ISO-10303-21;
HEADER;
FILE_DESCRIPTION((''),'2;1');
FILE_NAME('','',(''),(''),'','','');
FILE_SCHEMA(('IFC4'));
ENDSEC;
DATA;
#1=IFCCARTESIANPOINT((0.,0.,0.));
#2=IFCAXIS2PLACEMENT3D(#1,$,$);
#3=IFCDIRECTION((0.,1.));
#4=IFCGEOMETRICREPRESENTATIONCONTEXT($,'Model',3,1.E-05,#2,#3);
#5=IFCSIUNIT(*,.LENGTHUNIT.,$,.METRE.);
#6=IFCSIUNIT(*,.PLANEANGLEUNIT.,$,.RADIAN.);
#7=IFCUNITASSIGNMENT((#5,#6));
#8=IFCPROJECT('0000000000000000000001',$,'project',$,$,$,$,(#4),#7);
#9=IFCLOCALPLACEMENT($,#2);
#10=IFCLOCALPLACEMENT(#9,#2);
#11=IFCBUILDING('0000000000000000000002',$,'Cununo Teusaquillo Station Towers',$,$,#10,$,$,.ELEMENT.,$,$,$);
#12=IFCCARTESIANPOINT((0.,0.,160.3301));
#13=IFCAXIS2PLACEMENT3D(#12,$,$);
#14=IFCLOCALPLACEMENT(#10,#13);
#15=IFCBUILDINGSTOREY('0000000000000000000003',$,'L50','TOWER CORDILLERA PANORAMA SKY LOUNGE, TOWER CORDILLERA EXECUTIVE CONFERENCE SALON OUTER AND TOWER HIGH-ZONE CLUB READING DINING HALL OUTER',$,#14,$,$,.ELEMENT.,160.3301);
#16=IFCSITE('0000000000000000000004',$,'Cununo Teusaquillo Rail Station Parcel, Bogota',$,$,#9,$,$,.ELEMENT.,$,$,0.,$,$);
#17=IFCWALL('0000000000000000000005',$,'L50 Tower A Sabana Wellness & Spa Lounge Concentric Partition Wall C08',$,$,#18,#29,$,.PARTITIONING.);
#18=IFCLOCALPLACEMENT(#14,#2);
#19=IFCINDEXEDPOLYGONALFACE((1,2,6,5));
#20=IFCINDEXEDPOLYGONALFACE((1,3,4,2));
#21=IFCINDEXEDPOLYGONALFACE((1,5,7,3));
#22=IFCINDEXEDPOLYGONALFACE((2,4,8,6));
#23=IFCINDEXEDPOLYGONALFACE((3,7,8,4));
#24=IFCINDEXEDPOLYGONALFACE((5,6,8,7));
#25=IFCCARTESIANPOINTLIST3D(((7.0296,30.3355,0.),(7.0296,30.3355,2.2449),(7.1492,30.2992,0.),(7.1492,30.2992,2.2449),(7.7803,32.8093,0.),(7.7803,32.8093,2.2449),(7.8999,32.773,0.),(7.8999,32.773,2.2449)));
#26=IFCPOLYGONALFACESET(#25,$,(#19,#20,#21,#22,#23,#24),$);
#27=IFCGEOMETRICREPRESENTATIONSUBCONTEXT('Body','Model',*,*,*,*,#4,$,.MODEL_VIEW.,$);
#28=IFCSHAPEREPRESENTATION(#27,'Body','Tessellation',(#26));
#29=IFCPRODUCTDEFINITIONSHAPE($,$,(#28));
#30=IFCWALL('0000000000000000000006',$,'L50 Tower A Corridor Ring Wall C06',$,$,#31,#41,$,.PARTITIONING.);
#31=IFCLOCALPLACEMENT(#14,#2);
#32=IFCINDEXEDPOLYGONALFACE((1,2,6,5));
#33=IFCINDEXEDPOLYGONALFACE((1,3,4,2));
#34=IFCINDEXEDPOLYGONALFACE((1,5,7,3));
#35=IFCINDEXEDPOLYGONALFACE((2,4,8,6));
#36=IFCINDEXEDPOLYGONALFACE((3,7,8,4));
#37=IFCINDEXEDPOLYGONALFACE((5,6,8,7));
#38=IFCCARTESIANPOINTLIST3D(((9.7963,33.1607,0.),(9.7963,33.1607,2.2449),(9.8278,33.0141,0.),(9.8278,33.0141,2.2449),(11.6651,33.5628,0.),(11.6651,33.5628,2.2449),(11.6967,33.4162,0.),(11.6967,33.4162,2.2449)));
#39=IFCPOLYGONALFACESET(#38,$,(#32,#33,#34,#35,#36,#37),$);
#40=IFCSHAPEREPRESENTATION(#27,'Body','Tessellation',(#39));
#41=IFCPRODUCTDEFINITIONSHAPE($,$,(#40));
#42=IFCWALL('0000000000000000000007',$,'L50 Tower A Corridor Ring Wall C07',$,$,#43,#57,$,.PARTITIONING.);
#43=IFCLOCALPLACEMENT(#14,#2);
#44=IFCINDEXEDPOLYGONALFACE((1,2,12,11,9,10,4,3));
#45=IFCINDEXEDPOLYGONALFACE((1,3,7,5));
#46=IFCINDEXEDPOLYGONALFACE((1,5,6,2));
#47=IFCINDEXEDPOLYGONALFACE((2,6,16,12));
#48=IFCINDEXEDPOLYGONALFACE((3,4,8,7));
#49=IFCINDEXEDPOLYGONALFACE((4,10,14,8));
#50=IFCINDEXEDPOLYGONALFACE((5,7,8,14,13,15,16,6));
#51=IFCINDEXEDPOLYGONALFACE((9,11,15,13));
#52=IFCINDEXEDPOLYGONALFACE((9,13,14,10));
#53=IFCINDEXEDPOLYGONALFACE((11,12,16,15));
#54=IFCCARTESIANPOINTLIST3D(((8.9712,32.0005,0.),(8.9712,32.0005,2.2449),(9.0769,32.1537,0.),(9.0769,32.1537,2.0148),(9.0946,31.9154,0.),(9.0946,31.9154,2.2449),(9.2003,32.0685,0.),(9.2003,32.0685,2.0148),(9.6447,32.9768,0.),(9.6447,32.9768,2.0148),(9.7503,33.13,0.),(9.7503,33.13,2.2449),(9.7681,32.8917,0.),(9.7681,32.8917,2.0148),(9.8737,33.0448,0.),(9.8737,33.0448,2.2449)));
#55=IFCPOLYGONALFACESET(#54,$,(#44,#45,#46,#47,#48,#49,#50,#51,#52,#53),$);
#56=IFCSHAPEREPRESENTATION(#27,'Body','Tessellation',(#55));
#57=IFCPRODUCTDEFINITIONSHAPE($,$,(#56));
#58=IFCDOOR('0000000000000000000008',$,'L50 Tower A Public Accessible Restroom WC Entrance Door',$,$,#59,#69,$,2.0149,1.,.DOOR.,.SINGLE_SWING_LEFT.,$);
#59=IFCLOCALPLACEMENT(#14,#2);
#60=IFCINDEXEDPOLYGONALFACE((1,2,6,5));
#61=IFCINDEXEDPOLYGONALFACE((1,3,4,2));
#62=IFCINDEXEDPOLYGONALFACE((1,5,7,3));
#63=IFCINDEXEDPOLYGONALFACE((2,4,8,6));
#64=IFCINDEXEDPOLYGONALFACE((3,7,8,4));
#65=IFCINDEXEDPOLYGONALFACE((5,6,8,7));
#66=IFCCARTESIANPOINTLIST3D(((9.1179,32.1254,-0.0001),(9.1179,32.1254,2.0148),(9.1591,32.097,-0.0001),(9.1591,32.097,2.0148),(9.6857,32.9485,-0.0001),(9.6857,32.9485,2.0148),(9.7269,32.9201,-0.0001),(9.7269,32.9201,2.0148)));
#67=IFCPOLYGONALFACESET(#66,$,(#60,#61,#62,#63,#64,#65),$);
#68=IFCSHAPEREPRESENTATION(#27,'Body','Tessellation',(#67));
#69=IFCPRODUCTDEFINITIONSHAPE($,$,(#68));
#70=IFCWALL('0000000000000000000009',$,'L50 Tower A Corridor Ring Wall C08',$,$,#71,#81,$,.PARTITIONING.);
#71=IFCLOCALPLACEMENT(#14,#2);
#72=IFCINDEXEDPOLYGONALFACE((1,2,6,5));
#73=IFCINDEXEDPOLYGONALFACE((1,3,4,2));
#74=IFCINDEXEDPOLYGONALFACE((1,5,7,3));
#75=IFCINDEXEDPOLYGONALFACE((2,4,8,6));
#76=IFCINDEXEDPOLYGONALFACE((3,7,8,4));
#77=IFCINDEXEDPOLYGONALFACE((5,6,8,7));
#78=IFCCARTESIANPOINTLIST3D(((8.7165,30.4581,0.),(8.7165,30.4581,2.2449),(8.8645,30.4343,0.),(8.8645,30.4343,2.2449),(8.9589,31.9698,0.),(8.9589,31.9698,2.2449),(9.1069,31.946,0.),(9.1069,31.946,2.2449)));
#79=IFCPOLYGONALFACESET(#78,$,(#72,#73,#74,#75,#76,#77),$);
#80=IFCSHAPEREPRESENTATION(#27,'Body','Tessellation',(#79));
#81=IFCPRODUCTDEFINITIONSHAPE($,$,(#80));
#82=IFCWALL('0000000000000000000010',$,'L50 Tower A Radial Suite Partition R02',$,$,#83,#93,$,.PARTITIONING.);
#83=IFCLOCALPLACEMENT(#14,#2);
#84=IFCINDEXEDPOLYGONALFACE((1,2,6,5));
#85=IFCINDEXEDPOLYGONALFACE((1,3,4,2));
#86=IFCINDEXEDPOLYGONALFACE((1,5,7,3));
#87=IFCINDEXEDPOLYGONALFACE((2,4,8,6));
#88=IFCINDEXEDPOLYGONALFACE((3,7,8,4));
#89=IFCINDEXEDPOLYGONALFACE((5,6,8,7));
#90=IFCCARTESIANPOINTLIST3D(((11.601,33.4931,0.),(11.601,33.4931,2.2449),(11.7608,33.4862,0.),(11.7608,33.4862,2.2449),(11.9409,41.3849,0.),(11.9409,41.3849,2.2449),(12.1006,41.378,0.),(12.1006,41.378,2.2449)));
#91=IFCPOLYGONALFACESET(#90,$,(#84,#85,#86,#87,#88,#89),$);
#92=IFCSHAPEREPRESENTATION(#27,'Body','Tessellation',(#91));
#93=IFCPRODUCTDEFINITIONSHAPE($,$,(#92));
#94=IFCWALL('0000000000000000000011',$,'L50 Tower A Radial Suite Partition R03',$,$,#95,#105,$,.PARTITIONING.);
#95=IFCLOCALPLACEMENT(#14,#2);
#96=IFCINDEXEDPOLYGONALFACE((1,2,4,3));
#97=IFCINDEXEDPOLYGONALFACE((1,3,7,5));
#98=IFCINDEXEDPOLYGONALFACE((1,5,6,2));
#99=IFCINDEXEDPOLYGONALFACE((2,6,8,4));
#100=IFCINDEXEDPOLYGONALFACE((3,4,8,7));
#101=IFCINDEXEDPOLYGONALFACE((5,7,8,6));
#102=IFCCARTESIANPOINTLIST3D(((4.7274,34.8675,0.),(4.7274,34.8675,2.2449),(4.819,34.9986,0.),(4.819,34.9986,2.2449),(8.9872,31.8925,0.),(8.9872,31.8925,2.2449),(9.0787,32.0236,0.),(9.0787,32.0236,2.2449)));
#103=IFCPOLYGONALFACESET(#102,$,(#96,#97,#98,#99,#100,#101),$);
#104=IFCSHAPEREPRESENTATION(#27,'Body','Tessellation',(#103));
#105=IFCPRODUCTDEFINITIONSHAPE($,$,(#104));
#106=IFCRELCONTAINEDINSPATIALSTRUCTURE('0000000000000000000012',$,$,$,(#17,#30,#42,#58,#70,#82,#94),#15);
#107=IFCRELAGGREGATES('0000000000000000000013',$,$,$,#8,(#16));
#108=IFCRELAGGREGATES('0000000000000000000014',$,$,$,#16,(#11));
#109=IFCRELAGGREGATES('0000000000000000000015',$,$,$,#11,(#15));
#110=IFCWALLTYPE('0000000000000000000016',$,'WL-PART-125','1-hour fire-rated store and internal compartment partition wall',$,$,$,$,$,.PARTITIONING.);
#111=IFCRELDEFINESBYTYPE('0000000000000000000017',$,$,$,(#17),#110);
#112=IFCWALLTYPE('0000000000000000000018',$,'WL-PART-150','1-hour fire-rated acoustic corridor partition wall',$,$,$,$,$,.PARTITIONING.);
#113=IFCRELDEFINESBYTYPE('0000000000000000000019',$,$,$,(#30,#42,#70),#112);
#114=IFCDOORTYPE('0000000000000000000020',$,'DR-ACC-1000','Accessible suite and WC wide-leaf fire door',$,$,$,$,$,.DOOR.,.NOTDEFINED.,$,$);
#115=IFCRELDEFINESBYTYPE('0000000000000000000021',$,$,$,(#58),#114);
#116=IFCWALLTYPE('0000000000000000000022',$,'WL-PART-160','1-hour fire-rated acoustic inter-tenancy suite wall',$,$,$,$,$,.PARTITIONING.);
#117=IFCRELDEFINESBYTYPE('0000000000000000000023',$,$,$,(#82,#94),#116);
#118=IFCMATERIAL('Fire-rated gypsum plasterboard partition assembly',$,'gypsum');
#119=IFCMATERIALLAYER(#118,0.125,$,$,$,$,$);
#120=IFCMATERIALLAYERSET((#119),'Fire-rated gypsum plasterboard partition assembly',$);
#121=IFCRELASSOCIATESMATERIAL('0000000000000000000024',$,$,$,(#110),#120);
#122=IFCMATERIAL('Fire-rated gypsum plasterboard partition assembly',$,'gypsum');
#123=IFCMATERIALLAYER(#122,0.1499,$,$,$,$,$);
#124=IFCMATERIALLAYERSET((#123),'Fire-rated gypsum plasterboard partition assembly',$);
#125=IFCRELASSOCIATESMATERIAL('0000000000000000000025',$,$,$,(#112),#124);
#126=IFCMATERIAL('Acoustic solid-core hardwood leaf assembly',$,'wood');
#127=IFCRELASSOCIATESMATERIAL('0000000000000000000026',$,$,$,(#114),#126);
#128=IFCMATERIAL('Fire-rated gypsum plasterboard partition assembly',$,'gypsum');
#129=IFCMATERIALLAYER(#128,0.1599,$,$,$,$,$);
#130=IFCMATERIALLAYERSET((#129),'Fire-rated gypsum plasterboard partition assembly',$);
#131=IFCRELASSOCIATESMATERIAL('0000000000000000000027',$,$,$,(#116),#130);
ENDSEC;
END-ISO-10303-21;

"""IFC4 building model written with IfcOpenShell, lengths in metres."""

from ifc_helpers import new_model, si_unit, direction, frame, frame_2d, origin, place, context, subcontext, project, spatial, rectangle, extrude, source, transform, mapped, material, layer, layer_set, type_object, element, fill, save


model = new_model("IFC4")

# Units and contexts
model_context = context("Model", 3, precision=1e-05, world=origin(), true_north=direction((0.0, 1.0)))
body_context = subcontext(model_context, "Body", "Model", "MODEL_VIEW")
ifc_project = project(units=[si_unit("LENGTHUNIT", "METRE"), si_unit("PLANEANGLEUNIT", "RADIAN")], contexts=[model_context])

# Site, building, storey
site_placement = place(None, origin())
site = spatial("IfcSite", under=ifc_project, at=site_placement, Name="Cununo Teusaquillo Rail Station Parcel, Bogota", CompositionType="ELEMENT", RefElevation=0.0)
building_placement = place(site_placement, origin())
building = spatial("IfcBuilding", under=site, at=building_placement, Name="Cununo Teusaquillo Station Towers", CompositionType="ELEMENT")
storey_placement = place(building_placement, frame((0.0, 0.0, 160.3301)))
storey = spatial("IfcBuildingStorey", under=building, at=storey_placement, Name="L50", Description="TOWER CORDILLERA PANORAMA SKY LOUNGE, TOWER CORDILLERA EXECUTIVE CONFERENCE SALON OUTER AND TOWER HIGH-ZONE CLUB READING DINING HALL OUTER", CompositionType="ELEMENT", Elevation=160.3301)

# Walls
ifc_material_1 = material(Name="Fire-rated gypsum plasterboard partition assembly", Category="gypsum")
ifc_layer_1 = layer(ifc_material_1, 0.125)
ifc_layer_set_1 = layer_set([ifc_layer_1], Name="Fire-rated gypsum plasterboard partition assembly")
wall_type_1 = type_object("IfcWallType", Name="WL-PART-125", Description="1-hour fire-rated store and internal compartment partition wall", PredefinedType="PARTITIONING", material=ifc_layer_set_1)
wall_1_placement = place(storey_placement, frame((7.8401, 32.791, 0.0), z_axis=(0.0, 0.0, 1.0), x_axis=(-0.290387, -0.956909, 0.0)))
element("IfcWall", 1, at=wall_1_placement, inside=storey, type_object=wall_type_1, Name="L50 Tower A Sabana Wellness & Spa Lounge Concentric Partition Wall C08", PredefinedType="PARTITIONING", context=body_context, shape_type="SweptSolid", body=[
    extrude(rectangle(XDim=2.5852, YDim=0.125, at=frame_2d((1.2925, 0.0))), origin(), (0.0, 0.0, 1.0), 2.2449),
])
ifc_material_2 = material(Name="Fire-rated gypsum plasterboard partition assembly", Category="gypsum")
ifc_layer_2 = layer(ifc_material_2, 0.1499)
ifc_layer_set_2 = layer_set([ifc_layer_2], Name="Fire-rated gypsum plasterboard partition assembly")
wall_type_2 = type_object("IfcWallType", Name="WL-PART-150", Description="1-hour fire-rated acoustic corridor partition wall", PredefinedType="PARTITIONING", material=ifc_layer_set_2)
wall_2_placement = place(storey_placement, frame((11.6809, 33.4895, 0.0), z_axis=(0.0, 0.0, 1.0), x_axis=(-0.977628, -0.21034, 0.0)))
element("IfcWall", 2, at=wall_2_placement, inside=storey, type_object=wall_type_2, Name="L50 Tower A Corridor Ring Wall C06", PredefinedType="PARTITIONING", context=body_context, shape_type="SweptSolid", body=[
    extrude(rectangle(XDim=1.9116, YDim=0.1499, at=frame_2d((0.9558, 0.0))), origin(), (0.0, 0.0, 1.0), 2.2449),
])

# Wall, opening, door
wall_3_placement = place(storey_placement, frame((9.812, 33.0874, 0.0), z_axis=(0.0, 0.0, 1.0), x_axis=(-0.567812, -0.823158, 0.0)))
wall_3 = element("IfcWall", 3, at=wall_3_placement, inside=storey, type_object=wall_type_2, Name="L50 Tower A Corridor Ring Wall C07", PredefinedType="PARTITIONING", context=body_context, shape_type="SweptSolid", body=[
    extrude(rectangle(XDim=1.3721, YDim=0.1499, at=frame_2d((0.686, 0.0))), origin(), (0.0, 0.0, 1.0), 2.2449),
])
shared_shape_1 = source(origin(), body_context, "Body", "SweptSolid", [
    extrude(rectangle(XDim=1.0, YDim=2.0149, at=frame_2d((0.5, 1.0073))), frame((0.0, 0.085, 0.0), z_axis=(0.0, -1.0, 0.0), x_axis=(1.0, 0.0, 0.0)), (0.0, 0.0, 1.0), 0.1699),
])
opening_1_placement = place(wall_3_placement, frame((0.186, 0.0, 0.0)))
opening_1 = element("IfcOpeningElement", 4, at=opening_1_placement, cuts=wall_3, PredefinedType="OPENING", context=body_context, shape_type="MappedRepresentation", body=[
    mapped(shared_shape_1, transform((0.0, 0.0, 0.0), x_axis=(1.0, 0.0, 0.0), y_axis=(0.0, 1.0, 0.0), z_axis=(0.0, 0.0, 1.0), scale=1.0)),
])
ifc_material_3 = material(Name="Acoustic solid-core hardwood leaf assembly", Category="wood")
door_type = type_object("IfcDoorType", Name="DR-ACC-1000", Description="Accessible suite and WC wide-leaf fire door", OperationType="NOTDEFINED", PredefinedType="DOOR", material=ifc_material_3)
shared_shape_2 = source(origin(), body_context, "Body", "SweptSolid", [
    extrude(rectangle(XDim=1.0, YDim=2.0149, at=frame_2d((0.5, 1.0073))), frame((0.0, 0.0249, 0.0), z_axis=(0.0, -1.0, 0.0), x_axis=(1.0, 0.0, 0.0)), (0.0, 0.0, 1.0), 0.05),
])
door_placement = place(opening_1_placement, origin())
door = element("IfcDoor", 5, at=door_placement, inside=storey, type_object=door_type, Name="L50 Tower A Public Accessible Restroom WC Entrance Door", OperationType="SINGLE_SWING_LEFT", OverallHeight=2.0149, OverallWidth=1.0, PredefinedType="DOOR", context=body_context, shape_type="MappedRepresentation", body=[
    mapped(shared_shape_2, transform((0.0, 0.0, 0.0), x_axis=(1.0, 0.0, 0.0), y_axis=(0.0, 1.0, 0.0), z_axis=(0.0, 0.0, 1.0), scale=1.0)),
])
fill(opening_1, door)

# Walls
wall_4_placement = place(storey_placement, frame((9.033, 31.958, 0.0), z_axis=(0.0, 0.0, 1.0), x_axis=(-0.158345, -0.987384, 0.0)))
element("IfcWall", 6, at=wall_4_placement, inside=storey, type_object=wall_type_2, Name="L50 Tower A Corridor Ring Wall C08", PredefinedType="PARTITIONING", context=body_context, shape_type="SweptSolid", body=[
    extrude(rectangle(XDim=1.531, YDim=0.1499, at=frame_2d((0.7656, 0.0))), origin(), (0.0, 0.0, 1.0), 2.2449),
])
ifc_material_4 = material(Name="Fire-rated gypsum plasterboard partition assembly", Category="gypsum")
ifc_layer_3 = layer(ifc_material_4, 0.1599)
ifc_layer_set_3 = layer_set([ifc_layer_3], Name="Fire-rated gypsum plasterboard partition assembly")
wall_type_3 = type_object("IfcWallType", Name="WL-PART-160", Description="1-hour fire-rated acoustic inter-tenancy suite wall", PredefinedType="PARTITIONING", material=ifc_layer_set_3)
wall_5_placement = place(storey_placement, frame((11.6809, 33.4895, 0.0), z_axis=(0.0, 0.0, 1.0), x_axis=(0.043023, 0.999074, 0.0)))
element("IfcWall", 7, at=wall_5_placement, inside=storey, type_object=wall_type_3, Name="L50 Tower A Radial Suite Partition R02", PredefinedType="PARTITIONING", context=body_context, shape_type="SweptSolid", body=[
    extrude(rectangle(XDim=7.8992, YDim=0.1599, at=frame_2d((3.9497, 0.0))), origin(), (0.0, 0.0, 1.0), 2.2449),
])
wall_6_placement = place(storey_placement, frame((9.033, 31.958, 0.0), z_axis=(0.0, 0.0, 1.0), x_axis=(-0.819841, 0.572592, 0.0)))
element("IfcWall", 8, at=wall_6_placement, inside=storey, type_object=wall_type_3, Name="L50 Tower A Radial Suite Partition R03", PredefinedType="PARTITIONING", context=body_context, shape_type="SweptSolid", body=[
    extrude(rectangle(XDim=5.1958, YDim=0.1599, at=frame_2d((2.5979, 0.0))), origin(), (0.0, 0.0, 1.0), 2.2449),
])

save(model, "model.ifc")
